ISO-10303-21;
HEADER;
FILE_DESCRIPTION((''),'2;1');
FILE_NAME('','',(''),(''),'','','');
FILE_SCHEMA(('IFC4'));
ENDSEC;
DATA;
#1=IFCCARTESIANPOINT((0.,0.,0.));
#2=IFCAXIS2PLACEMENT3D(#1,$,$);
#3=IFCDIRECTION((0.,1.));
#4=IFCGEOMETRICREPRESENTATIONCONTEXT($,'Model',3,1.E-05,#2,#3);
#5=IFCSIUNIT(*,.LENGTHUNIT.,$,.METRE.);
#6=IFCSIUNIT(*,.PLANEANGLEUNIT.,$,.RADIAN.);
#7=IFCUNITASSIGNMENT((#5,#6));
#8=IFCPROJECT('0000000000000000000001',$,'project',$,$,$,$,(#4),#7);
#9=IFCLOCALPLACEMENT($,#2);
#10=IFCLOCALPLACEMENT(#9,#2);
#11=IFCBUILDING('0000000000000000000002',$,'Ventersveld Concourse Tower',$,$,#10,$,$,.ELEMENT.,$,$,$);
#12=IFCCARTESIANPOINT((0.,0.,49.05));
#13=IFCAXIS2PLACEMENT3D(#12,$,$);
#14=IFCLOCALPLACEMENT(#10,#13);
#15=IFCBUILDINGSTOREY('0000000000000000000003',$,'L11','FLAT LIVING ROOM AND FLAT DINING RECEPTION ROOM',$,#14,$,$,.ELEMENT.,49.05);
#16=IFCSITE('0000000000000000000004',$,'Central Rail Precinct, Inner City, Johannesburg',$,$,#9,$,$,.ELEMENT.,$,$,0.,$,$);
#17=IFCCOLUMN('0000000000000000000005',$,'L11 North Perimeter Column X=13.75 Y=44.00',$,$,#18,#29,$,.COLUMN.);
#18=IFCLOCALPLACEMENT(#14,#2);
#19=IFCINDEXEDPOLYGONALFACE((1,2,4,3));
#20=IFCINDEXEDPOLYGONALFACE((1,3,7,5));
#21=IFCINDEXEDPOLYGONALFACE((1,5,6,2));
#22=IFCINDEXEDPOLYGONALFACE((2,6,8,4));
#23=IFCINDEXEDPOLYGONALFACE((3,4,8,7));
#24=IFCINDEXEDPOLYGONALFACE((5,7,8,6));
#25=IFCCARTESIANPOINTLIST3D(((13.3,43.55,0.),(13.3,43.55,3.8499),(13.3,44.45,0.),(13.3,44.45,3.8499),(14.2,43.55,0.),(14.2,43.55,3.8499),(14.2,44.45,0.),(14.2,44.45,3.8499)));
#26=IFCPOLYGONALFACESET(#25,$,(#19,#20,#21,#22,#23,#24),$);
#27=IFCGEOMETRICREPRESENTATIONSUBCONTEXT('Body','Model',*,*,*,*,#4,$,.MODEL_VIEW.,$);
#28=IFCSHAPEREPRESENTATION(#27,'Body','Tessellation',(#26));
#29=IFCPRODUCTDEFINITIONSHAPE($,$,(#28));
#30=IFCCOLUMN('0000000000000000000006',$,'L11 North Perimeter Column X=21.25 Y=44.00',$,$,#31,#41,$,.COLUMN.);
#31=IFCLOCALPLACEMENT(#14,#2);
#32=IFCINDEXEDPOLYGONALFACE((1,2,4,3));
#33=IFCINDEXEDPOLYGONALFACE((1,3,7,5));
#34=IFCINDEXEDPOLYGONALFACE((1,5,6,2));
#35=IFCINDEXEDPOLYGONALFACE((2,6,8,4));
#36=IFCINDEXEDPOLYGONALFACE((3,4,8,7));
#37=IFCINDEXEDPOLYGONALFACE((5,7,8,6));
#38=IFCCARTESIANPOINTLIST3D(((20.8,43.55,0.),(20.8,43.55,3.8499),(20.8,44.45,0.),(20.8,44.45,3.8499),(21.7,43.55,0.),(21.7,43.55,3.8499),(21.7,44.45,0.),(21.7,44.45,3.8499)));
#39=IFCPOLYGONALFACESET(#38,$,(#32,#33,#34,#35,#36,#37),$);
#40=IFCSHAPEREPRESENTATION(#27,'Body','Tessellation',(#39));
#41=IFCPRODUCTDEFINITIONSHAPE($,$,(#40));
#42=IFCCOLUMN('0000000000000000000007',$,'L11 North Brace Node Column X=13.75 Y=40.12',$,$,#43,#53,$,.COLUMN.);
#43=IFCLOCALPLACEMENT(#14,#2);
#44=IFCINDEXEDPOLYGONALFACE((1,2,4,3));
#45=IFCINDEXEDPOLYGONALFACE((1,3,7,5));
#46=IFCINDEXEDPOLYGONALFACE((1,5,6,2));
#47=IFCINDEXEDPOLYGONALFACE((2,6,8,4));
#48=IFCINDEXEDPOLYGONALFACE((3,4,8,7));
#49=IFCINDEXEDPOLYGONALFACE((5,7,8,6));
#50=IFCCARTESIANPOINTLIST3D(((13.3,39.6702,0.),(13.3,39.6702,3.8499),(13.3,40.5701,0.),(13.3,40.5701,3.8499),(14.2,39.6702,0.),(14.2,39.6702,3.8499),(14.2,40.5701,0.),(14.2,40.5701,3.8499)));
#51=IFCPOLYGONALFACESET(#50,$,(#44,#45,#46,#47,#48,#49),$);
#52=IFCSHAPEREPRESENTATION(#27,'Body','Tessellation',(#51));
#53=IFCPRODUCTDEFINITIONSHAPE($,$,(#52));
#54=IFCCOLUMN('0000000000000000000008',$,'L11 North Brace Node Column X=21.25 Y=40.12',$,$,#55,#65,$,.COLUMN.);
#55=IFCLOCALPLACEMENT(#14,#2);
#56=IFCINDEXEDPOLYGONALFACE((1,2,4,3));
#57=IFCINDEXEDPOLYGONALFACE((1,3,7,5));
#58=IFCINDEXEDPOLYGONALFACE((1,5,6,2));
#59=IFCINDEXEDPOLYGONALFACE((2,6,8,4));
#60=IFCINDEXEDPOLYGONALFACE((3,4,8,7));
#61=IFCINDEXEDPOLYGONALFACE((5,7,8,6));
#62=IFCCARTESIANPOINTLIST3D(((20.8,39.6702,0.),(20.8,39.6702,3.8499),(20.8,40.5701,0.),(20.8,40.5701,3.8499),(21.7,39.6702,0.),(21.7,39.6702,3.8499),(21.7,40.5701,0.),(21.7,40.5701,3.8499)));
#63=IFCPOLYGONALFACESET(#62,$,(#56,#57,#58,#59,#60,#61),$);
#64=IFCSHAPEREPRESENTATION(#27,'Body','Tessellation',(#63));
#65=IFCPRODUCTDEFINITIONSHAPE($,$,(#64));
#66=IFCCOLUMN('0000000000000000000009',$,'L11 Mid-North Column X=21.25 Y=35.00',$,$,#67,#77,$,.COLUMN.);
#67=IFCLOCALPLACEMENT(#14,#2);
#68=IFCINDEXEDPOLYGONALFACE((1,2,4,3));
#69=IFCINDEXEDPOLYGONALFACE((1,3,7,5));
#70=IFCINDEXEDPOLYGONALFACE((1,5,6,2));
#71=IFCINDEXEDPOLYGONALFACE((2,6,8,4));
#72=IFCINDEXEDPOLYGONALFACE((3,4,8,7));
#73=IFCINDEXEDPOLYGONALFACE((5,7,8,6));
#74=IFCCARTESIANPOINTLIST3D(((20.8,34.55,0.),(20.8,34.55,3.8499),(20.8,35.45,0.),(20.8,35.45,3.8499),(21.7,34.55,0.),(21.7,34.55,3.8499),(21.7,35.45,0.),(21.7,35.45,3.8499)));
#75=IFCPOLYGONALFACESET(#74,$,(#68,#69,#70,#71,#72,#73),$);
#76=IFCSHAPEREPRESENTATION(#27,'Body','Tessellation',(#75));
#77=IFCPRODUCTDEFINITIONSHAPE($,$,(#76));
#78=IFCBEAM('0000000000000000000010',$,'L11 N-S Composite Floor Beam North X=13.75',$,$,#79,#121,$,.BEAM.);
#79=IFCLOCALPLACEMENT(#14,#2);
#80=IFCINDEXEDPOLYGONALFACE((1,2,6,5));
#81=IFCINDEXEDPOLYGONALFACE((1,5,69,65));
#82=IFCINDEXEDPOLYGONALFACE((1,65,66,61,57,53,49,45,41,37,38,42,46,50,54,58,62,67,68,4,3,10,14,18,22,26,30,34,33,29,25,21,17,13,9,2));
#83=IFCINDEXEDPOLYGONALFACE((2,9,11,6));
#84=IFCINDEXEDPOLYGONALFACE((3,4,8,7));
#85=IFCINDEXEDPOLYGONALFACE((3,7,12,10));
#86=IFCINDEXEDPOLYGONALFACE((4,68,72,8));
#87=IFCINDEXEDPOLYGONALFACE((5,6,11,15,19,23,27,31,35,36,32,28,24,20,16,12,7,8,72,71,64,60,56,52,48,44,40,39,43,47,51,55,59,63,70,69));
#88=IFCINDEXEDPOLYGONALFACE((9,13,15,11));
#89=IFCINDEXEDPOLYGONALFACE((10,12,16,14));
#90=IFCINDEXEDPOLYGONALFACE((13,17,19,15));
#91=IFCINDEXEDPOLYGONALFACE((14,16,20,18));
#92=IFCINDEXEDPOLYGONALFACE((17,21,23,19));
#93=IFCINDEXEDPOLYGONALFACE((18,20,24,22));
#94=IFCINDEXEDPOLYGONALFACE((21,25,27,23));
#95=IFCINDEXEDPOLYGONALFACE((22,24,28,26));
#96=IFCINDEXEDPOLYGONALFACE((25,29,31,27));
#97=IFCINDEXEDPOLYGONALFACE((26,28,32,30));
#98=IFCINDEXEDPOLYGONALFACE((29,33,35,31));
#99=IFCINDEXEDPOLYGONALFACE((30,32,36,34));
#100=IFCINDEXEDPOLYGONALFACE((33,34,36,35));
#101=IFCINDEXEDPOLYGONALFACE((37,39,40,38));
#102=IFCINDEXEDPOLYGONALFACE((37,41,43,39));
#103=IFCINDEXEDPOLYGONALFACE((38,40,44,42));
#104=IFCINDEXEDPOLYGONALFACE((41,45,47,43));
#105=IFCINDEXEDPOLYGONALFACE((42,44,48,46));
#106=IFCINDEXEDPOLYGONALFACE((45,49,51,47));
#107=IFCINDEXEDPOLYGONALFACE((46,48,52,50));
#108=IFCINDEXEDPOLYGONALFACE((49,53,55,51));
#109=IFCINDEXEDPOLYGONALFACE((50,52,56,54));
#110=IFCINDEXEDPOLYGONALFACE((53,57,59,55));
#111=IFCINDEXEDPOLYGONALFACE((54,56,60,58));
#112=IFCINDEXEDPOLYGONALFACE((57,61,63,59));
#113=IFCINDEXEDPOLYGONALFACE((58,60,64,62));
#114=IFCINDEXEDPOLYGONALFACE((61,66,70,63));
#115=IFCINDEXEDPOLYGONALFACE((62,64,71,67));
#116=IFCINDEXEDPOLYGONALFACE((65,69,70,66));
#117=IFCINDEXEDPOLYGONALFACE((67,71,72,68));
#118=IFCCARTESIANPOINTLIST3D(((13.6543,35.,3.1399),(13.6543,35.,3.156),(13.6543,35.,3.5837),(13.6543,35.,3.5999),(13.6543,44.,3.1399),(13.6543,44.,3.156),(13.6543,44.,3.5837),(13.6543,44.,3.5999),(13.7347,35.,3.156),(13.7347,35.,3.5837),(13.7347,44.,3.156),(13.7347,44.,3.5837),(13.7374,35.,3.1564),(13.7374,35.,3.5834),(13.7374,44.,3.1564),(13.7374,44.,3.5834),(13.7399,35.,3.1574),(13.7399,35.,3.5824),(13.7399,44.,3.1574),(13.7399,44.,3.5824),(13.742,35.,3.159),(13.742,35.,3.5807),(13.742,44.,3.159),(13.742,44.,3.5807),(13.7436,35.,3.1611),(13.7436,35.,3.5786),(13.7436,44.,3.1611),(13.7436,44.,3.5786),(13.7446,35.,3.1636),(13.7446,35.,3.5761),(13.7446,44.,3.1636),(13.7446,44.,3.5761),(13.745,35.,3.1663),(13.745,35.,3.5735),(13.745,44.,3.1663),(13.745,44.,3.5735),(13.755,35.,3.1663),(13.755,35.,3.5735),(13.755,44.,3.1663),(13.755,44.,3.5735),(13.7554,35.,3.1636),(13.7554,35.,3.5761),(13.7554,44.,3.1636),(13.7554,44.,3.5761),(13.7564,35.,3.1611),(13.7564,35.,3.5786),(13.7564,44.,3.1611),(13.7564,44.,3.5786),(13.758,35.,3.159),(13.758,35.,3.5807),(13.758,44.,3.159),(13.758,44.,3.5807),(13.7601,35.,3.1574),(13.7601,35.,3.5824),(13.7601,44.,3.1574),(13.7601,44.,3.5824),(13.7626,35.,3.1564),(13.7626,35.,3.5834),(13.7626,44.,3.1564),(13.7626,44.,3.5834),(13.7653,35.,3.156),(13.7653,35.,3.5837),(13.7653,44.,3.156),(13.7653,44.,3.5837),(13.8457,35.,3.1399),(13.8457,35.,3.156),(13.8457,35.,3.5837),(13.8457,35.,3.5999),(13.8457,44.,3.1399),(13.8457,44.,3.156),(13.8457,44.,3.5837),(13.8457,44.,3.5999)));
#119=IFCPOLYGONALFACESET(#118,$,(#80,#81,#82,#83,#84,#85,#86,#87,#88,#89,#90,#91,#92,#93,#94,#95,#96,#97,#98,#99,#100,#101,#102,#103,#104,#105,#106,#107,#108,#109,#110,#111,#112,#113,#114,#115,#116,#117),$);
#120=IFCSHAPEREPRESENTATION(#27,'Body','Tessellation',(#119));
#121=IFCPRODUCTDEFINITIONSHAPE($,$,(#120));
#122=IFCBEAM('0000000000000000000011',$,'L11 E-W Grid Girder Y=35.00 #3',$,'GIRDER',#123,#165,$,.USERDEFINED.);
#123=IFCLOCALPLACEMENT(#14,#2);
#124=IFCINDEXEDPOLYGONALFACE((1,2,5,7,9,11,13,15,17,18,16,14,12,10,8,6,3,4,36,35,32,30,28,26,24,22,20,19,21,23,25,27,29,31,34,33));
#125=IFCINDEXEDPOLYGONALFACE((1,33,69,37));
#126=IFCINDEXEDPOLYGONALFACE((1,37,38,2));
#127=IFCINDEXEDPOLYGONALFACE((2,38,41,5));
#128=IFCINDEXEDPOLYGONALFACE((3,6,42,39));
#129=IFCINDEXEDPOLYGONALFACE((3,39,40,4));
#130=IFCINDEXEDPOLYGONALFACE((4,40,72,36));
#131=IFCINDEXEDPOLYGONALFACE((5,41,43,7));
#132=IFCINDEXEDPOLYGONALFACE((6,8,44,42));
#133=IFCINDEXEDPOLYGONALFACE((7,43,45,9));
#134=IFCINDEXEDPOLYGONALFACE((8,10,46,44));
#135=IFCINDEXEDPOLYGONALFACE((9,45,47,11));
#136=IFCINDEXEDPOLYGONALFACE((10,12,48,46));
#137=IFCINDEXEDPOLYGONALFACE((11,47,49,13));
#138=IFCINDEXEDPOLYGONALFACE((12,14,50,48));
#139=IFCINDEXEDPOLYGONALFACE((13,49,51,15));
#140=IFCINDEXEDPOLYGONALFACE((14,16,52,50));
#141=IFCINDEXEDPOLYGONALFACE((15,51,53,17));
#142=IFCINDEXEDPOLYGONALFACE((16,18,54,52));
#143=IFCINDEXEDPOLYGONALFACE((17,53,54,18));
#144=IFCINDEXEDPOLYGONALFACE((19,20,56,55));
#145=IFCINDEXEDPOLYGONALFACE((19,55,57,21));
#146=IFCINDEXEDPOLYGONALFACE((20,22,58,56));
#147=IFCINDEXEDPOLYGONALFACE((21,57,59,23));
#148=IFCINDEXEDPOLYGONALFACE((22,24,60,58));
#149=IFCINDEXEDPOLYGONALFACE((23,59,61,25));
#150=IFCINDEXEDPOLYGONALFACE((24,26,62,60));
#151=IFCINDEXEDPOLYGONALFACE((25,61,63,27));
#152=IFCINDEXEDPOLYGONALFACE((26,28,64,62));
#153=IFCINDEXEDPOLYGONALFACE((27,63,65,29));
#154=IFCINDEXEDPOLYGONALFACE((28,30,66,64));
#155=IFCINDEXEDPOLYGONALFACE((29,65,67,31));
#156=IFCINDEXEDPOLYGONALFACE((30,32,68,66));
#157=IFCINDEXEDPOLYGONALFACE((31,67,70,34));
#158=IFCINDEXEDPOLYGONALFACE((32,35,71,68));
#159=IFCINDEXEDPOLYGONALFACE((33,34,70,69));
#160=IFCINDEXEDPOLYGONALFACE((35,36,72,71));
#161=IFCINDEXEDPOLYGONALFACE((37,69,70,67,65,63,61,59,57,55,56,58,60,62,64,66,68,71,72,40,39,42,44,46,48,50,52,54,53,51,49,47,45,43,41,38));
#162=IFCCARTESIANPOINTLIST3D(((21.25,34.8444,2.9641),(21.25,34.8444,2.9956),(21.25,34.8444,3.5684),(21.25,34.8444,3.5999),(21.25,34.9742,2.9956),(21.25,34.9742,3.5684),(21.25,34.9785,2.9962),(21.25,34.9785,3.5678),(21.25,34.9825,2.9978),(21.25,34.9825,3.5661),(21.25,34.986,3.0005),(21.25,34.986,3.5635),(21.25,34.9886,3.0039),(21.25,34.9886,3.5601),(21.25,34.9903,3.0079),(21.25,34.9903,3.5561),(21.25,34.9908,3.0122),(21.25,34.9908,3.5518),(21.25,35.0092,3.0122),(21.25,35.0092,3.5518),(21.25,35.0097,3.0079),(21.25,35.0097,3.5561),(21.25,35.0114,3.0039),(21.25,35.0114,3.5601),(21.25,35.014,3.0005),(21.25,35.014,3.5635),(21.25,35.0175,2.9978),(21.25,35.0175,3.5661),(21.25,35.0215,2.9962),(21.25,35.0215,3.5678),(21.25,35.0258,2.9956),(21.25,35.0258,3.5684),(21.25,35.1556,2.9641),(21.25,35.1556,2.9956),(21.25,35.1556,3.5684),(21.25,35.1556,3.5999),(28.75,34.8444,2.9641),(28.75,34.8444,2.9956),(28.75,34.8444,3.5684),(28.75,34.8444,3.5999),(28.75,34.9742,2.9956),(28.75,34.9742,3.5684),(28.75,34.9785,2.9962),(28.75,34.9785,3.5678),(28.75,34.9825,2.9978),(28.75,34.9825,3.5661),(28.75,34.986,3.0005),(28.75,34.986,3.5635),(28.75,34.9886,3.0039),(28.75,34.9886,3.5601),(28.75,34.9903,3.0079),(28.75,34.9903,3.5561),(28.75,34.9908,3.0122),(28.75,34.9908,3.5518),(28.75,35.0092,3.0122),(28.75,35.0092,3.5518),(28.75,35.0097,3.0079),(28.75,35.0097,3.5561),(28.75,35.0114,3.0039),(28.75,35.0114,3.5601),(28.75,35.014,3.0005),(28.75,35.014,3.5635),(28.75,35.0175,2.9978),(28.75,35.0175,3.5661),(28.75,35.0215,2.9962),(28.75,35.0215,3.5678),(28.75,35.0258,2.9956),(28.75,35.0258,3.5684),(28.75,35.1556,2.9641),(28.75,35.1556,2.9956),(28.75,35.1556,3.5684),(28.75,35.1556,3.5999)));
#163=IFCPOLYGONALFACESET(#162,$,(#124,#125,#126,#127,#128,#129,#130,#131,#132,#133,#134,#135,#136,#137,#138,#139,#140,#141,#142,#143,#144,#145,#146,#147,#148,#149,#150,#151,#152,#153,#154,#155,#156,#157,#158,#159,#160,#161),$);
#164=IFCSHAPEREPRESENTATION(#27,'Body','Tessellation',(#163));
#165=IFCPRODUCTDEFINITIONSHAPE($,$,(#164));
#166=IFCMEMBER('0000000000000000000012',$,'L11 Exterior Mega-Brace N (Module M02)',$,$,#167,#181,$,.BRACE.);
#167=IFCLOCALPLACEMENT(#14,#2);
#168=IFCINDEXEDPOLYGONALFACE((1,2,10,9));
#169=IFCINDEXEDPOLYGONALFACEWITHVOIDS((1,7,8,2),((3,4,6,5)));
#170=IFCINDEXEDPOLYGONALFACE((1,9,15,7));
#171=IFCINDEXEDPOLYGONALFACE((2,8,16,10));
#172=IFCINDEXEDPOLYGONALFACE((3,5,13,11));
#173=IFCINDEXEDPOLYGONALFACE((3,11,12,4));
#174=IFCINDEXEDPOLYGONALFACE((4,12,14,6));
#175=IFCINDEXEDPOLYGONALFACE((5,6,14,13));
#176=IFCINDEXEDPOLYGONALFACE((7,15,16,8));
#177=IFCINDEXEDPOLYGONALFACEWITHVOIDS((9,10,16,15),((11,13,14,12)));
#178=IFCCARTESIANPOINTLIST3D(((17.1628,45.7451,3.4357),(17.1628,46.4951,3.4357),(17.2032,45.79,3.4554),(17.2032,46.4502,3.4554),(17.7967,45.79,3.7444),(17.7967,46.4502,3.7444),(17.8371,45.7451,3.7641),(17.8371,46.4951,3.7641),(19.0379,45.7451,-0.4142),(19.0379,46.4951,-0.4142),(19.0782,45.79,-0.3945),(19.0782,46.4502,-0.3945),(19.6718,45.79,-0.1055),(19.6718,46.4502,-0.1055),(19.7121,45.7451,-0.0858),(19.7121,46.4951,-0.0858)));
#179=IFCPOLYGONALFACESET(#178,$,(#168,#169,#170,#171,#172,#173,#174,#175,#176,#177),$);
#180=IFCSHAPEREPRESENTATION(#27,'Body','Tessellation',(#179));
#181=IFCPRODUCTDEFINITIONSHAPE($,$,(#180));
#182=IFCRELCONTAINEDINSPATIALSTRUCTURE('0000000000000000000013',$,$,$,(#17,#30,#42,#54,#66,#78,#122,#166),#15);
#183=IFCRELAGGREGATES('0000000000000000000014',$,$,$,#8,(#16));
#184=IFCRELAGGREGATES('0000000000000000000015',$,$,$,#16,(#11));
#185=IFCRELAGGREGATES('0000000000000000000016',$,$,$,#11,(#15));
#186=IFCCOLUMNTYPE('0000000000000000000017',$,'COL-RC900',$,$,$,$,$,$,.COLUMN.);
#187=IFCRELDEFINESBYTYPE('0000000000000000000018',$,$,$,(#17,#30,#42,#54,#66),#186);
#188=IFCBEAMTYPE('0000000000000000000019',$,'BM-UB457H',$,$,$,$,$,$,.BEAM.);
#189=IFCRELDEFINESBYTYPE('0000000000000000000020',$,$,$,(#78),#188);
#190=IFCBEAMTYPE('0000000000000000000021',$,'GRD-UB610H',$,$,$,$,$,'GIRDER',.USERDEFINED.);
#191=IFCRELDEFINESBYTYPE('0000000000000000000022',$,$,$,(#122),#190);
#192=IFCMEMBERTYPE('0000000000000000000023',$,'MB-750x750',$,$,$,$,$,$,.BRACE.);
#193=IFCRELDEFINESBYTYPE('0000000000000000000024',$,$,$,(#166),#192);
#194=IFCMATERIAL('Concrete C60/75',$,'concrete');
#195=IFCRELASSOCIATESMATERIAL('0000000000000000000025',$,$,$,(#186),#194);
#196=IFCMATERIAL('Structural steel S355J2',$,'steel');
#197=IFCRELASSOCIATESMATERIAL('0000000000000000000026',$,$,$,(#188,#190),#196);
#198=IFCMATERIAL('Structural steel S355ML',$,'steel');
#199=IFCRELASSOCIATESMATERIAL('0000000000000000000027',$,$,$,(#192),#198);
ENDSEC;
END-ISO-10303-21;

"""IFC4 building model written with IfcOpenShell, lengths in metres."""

from ifc_helpers import new_model, si_unit, direction, frame, origin, origin_2d, place, context, subcontext, project, spatial, rectangle, hollow_rectangle, i_section, extrude, material, material_profile, profile_set, type_object, element, save


model = new_model("IFC4")

# Units and contexts
model_context = context("Model", 3, precision=1e-05, world=origin(), true_north=direction((0.0, 1.0)))
body_context = subcontext(model_context, "Body", "Model", "MODEL_VIEW")
ifc_project = project(units=[si_unit("LENGTHUNIT", "METRE"), si_unit("PLANEANGLEUNIT", "RADIAN")], contexts=[model_context])

# Site, building, storey
site_placement = place(None, origin())
site = spatial("IfcSite", under=ifc_project, at=site_placement, Name="Central Rail Precinct, Inner City, Johannesburg", CompositionType="ELEMENT", RefElevation=0.0)
building_placement = place(site_placement, origin())
building = spatial("IfcBuilding", under=site, at=building_placement, Name="Ventersveld Concourse Tower", CompositionType="ELEMENT")
storey_placement = place(building_placement, frame((0.0, 0.0, 49.05)))
storey = spatial("IfcBuildingStorey", under=building, at=storey_placement, Name="L11", Description="FLAT LIVING ROOM AND FLAT DINING RECEPTION ROOM", CompositionType="ELEMENT", Elevation=49.05)

# Columns
ifc_material_1 = material(Name="Concrete C60/75", Category="concrete")
ifc_material_profile_1 = material_profile(ifc_material_1, rectangle(XDim=0.8999, YDim=0.8999, at=origin_2d()), Name="RC 900x900")
ifc_profile_set_1 = profile_set([ifc_material_profile_1], Name="Concrete C60/75")
column_type = type_object("IfcColumnType", Name="COL-RC900", PredefinedType="COLUMN", material=ifc_profile_set_1)
for number, where, z_axis, x_axis, name in (
    (1, (13.75, 44.0, 0.0), (0.0, 0.0, 1.0), (1.0, 0.0, 0.0), "L11 North Perimeter Column X=13.75 Y=44.00"),
    (2, (21.25, 44.0, 0.0), (0.0, 0.0, 1.0), (1.0, 0.0, 0.0), "L11 North Perimeter Column X=21.25 Y=44.00"),
    (3, (13.75, 40.1201, 0.0), (0.0, 0.0, 1.0), (1.0, 0.0, 0.0), "L11 North Brace Node Column X=13.75 Y=40.12"),
    (4, (21.25, 40.1201, 0.0), (0.0, 0.0, 1.0), (1.0, 0.0, 0.0), "L11 North Brace Node Column X=21.25 Y=40.12"),
    (5, (21.25, 35.0, 0.0), (0.0, 0.0, 1.0), (1.0, 0.0, 0.0), "L11 Mid-North Column X=21.25 Y=35.00"),
):
    element("IfcColumn", number, at=place(storey_placement, frame(where, z_axis=z_axis, x_axis=x_axis)), inside=storey, type_object=column_type, Name=name, PredefinedType="COLUMN", context=body_context, shape_type="SweptSolid", body=[
        extrude(rectangle(XDim=0.8999, YDim=0.8999, at=origin_2d()), origin(), (0.0, 0.0, 1.0), 3.8499),
    ])

# Beams
ifc_material_2 = material(Name="Structural steel S355J2", Category="steel")
ifc_material_profile_2 = material_profile(ifc_material_2, i_section(OverallWidth=0.1914, OverallDepth=0.46, WebThickness=0.01, FlangeThickness=0.0161, FilletRadius=0.0103, at=origin_2d()), Name="UB 457x191x82")
ifc_profile_set_2 = profile_set([ifc_material_profile_2], Name="Structural steel S355J2")
beam_type_1 = type_object("IfcBeamType", Name="BM-UB457H", PredefinedType="BEAM", material=ifc_profile_set_2)
beam_1_placement = place(storey_placement, frame((13.75, 35.0, 3.3699), z_axis=(0.0, 1.0, 0.0), x_axis=(-1.0, 0.0, 0.0)))
element("IfcBeam", 6, at=beam_1_placement, inside=storey, type_object=beam_type_1, Name="L11 N-S Composite Floor Beam North X=13.75", PredefinedType="BEAM", context=body_context, shape_type="SweptSolid", body=[
    extrude(i_section(OverallWidth=0.1914, OverallDepth=0.46, WebThickness=0.01, FlangeThickness=0.0161, FilletRadius=0.0103, at=origin_2d()), origin(), (0.0, 0.0, 1.0), 9.0),
])
ifc_material_profile_3 = material_profile(ifc_material_2, i_section(OverallWidth=0.3113, OverallDepth=0.6357, WebThickness=0.0183, FlangeThickness=0.0315, FilletRadius=0.0166, at=origin_2d()), Name="UB 610x305x238")
ifc_profile_set_3 = profile_set([ifc_material_profile_3], Name="Structural steel S355J2")
beam_type_2 = type_object("IfcBeamType", Name="GRD-UB610H", ElementType="GIRDER", PredefinedType="USERDEFINED", material=ifc_profile_set_3)
beam_2_placement = place(storey_placement, frame((21.25, 35.0, 3.282), z_axis=(1.0, 0.0, 0.0), x_axis=(0.0, 1.0, 0.0)))
element("IfcBeam", 7, at=beam_2_placement, inside=storey, type_object=beam_type_2, Name="L11 E-W Grid Girder Y=35.00 #3", ObjectType="GIRDER", PredefinedType="USERDEFINED", context=body_context, shape_type="SweptSolid", body=[
    extrude(i_section(OverallWidth=0.3113, OverallDepth=0.6357, WebThickness=0.0183, FlangeThickness=0.0315, FilletRadius=0.0166, at=origin_2d()), origin(), (0.0, 0.0, 1.0), 7.5),
])

# Member
ifc_material_3 = material(Name="Structural steel S355ML", Category="steel")
ifc_material_profile_4 = material_profile(ifc_material_3, hollow_rectangle(XDim=0.75, YDim=0.75, WallThickness=0.0449, at=origin_2d()), Name="BOX 750x750x45")
ifc_profile_set_4 = profile_set([ifc_material_profile_4], Name="Structural steel S355ML")
member_type = type_object("IfcMemberType", Name="MB-750x750", PredefinedType="BRACE", material=ifc_profile_set_4)
member_placement = place(storey_placement, frame((19.375, 46.1201, -0.25), z_axis=(-0.437862, 0.0, 0.899042), x_axis=(0.0, -1.0, 0.0)))
element("IfcMember", 8, at=member_placement, inside=storey, type_object=member_type, Name="L11 Exterior Mega-Brace N (Module M02)", PredefinedType="BRACE", context=body_context, shape_type="SweptSolid", body=[
    extrude(hollow_rectangle(XDim=0.75, YDim=0.75, WallThickness=0.0449, at=origin_2d()), origin(), (0.0, 0.0, 1.0), 4.2822),
])

save(model, "model.ifc")
